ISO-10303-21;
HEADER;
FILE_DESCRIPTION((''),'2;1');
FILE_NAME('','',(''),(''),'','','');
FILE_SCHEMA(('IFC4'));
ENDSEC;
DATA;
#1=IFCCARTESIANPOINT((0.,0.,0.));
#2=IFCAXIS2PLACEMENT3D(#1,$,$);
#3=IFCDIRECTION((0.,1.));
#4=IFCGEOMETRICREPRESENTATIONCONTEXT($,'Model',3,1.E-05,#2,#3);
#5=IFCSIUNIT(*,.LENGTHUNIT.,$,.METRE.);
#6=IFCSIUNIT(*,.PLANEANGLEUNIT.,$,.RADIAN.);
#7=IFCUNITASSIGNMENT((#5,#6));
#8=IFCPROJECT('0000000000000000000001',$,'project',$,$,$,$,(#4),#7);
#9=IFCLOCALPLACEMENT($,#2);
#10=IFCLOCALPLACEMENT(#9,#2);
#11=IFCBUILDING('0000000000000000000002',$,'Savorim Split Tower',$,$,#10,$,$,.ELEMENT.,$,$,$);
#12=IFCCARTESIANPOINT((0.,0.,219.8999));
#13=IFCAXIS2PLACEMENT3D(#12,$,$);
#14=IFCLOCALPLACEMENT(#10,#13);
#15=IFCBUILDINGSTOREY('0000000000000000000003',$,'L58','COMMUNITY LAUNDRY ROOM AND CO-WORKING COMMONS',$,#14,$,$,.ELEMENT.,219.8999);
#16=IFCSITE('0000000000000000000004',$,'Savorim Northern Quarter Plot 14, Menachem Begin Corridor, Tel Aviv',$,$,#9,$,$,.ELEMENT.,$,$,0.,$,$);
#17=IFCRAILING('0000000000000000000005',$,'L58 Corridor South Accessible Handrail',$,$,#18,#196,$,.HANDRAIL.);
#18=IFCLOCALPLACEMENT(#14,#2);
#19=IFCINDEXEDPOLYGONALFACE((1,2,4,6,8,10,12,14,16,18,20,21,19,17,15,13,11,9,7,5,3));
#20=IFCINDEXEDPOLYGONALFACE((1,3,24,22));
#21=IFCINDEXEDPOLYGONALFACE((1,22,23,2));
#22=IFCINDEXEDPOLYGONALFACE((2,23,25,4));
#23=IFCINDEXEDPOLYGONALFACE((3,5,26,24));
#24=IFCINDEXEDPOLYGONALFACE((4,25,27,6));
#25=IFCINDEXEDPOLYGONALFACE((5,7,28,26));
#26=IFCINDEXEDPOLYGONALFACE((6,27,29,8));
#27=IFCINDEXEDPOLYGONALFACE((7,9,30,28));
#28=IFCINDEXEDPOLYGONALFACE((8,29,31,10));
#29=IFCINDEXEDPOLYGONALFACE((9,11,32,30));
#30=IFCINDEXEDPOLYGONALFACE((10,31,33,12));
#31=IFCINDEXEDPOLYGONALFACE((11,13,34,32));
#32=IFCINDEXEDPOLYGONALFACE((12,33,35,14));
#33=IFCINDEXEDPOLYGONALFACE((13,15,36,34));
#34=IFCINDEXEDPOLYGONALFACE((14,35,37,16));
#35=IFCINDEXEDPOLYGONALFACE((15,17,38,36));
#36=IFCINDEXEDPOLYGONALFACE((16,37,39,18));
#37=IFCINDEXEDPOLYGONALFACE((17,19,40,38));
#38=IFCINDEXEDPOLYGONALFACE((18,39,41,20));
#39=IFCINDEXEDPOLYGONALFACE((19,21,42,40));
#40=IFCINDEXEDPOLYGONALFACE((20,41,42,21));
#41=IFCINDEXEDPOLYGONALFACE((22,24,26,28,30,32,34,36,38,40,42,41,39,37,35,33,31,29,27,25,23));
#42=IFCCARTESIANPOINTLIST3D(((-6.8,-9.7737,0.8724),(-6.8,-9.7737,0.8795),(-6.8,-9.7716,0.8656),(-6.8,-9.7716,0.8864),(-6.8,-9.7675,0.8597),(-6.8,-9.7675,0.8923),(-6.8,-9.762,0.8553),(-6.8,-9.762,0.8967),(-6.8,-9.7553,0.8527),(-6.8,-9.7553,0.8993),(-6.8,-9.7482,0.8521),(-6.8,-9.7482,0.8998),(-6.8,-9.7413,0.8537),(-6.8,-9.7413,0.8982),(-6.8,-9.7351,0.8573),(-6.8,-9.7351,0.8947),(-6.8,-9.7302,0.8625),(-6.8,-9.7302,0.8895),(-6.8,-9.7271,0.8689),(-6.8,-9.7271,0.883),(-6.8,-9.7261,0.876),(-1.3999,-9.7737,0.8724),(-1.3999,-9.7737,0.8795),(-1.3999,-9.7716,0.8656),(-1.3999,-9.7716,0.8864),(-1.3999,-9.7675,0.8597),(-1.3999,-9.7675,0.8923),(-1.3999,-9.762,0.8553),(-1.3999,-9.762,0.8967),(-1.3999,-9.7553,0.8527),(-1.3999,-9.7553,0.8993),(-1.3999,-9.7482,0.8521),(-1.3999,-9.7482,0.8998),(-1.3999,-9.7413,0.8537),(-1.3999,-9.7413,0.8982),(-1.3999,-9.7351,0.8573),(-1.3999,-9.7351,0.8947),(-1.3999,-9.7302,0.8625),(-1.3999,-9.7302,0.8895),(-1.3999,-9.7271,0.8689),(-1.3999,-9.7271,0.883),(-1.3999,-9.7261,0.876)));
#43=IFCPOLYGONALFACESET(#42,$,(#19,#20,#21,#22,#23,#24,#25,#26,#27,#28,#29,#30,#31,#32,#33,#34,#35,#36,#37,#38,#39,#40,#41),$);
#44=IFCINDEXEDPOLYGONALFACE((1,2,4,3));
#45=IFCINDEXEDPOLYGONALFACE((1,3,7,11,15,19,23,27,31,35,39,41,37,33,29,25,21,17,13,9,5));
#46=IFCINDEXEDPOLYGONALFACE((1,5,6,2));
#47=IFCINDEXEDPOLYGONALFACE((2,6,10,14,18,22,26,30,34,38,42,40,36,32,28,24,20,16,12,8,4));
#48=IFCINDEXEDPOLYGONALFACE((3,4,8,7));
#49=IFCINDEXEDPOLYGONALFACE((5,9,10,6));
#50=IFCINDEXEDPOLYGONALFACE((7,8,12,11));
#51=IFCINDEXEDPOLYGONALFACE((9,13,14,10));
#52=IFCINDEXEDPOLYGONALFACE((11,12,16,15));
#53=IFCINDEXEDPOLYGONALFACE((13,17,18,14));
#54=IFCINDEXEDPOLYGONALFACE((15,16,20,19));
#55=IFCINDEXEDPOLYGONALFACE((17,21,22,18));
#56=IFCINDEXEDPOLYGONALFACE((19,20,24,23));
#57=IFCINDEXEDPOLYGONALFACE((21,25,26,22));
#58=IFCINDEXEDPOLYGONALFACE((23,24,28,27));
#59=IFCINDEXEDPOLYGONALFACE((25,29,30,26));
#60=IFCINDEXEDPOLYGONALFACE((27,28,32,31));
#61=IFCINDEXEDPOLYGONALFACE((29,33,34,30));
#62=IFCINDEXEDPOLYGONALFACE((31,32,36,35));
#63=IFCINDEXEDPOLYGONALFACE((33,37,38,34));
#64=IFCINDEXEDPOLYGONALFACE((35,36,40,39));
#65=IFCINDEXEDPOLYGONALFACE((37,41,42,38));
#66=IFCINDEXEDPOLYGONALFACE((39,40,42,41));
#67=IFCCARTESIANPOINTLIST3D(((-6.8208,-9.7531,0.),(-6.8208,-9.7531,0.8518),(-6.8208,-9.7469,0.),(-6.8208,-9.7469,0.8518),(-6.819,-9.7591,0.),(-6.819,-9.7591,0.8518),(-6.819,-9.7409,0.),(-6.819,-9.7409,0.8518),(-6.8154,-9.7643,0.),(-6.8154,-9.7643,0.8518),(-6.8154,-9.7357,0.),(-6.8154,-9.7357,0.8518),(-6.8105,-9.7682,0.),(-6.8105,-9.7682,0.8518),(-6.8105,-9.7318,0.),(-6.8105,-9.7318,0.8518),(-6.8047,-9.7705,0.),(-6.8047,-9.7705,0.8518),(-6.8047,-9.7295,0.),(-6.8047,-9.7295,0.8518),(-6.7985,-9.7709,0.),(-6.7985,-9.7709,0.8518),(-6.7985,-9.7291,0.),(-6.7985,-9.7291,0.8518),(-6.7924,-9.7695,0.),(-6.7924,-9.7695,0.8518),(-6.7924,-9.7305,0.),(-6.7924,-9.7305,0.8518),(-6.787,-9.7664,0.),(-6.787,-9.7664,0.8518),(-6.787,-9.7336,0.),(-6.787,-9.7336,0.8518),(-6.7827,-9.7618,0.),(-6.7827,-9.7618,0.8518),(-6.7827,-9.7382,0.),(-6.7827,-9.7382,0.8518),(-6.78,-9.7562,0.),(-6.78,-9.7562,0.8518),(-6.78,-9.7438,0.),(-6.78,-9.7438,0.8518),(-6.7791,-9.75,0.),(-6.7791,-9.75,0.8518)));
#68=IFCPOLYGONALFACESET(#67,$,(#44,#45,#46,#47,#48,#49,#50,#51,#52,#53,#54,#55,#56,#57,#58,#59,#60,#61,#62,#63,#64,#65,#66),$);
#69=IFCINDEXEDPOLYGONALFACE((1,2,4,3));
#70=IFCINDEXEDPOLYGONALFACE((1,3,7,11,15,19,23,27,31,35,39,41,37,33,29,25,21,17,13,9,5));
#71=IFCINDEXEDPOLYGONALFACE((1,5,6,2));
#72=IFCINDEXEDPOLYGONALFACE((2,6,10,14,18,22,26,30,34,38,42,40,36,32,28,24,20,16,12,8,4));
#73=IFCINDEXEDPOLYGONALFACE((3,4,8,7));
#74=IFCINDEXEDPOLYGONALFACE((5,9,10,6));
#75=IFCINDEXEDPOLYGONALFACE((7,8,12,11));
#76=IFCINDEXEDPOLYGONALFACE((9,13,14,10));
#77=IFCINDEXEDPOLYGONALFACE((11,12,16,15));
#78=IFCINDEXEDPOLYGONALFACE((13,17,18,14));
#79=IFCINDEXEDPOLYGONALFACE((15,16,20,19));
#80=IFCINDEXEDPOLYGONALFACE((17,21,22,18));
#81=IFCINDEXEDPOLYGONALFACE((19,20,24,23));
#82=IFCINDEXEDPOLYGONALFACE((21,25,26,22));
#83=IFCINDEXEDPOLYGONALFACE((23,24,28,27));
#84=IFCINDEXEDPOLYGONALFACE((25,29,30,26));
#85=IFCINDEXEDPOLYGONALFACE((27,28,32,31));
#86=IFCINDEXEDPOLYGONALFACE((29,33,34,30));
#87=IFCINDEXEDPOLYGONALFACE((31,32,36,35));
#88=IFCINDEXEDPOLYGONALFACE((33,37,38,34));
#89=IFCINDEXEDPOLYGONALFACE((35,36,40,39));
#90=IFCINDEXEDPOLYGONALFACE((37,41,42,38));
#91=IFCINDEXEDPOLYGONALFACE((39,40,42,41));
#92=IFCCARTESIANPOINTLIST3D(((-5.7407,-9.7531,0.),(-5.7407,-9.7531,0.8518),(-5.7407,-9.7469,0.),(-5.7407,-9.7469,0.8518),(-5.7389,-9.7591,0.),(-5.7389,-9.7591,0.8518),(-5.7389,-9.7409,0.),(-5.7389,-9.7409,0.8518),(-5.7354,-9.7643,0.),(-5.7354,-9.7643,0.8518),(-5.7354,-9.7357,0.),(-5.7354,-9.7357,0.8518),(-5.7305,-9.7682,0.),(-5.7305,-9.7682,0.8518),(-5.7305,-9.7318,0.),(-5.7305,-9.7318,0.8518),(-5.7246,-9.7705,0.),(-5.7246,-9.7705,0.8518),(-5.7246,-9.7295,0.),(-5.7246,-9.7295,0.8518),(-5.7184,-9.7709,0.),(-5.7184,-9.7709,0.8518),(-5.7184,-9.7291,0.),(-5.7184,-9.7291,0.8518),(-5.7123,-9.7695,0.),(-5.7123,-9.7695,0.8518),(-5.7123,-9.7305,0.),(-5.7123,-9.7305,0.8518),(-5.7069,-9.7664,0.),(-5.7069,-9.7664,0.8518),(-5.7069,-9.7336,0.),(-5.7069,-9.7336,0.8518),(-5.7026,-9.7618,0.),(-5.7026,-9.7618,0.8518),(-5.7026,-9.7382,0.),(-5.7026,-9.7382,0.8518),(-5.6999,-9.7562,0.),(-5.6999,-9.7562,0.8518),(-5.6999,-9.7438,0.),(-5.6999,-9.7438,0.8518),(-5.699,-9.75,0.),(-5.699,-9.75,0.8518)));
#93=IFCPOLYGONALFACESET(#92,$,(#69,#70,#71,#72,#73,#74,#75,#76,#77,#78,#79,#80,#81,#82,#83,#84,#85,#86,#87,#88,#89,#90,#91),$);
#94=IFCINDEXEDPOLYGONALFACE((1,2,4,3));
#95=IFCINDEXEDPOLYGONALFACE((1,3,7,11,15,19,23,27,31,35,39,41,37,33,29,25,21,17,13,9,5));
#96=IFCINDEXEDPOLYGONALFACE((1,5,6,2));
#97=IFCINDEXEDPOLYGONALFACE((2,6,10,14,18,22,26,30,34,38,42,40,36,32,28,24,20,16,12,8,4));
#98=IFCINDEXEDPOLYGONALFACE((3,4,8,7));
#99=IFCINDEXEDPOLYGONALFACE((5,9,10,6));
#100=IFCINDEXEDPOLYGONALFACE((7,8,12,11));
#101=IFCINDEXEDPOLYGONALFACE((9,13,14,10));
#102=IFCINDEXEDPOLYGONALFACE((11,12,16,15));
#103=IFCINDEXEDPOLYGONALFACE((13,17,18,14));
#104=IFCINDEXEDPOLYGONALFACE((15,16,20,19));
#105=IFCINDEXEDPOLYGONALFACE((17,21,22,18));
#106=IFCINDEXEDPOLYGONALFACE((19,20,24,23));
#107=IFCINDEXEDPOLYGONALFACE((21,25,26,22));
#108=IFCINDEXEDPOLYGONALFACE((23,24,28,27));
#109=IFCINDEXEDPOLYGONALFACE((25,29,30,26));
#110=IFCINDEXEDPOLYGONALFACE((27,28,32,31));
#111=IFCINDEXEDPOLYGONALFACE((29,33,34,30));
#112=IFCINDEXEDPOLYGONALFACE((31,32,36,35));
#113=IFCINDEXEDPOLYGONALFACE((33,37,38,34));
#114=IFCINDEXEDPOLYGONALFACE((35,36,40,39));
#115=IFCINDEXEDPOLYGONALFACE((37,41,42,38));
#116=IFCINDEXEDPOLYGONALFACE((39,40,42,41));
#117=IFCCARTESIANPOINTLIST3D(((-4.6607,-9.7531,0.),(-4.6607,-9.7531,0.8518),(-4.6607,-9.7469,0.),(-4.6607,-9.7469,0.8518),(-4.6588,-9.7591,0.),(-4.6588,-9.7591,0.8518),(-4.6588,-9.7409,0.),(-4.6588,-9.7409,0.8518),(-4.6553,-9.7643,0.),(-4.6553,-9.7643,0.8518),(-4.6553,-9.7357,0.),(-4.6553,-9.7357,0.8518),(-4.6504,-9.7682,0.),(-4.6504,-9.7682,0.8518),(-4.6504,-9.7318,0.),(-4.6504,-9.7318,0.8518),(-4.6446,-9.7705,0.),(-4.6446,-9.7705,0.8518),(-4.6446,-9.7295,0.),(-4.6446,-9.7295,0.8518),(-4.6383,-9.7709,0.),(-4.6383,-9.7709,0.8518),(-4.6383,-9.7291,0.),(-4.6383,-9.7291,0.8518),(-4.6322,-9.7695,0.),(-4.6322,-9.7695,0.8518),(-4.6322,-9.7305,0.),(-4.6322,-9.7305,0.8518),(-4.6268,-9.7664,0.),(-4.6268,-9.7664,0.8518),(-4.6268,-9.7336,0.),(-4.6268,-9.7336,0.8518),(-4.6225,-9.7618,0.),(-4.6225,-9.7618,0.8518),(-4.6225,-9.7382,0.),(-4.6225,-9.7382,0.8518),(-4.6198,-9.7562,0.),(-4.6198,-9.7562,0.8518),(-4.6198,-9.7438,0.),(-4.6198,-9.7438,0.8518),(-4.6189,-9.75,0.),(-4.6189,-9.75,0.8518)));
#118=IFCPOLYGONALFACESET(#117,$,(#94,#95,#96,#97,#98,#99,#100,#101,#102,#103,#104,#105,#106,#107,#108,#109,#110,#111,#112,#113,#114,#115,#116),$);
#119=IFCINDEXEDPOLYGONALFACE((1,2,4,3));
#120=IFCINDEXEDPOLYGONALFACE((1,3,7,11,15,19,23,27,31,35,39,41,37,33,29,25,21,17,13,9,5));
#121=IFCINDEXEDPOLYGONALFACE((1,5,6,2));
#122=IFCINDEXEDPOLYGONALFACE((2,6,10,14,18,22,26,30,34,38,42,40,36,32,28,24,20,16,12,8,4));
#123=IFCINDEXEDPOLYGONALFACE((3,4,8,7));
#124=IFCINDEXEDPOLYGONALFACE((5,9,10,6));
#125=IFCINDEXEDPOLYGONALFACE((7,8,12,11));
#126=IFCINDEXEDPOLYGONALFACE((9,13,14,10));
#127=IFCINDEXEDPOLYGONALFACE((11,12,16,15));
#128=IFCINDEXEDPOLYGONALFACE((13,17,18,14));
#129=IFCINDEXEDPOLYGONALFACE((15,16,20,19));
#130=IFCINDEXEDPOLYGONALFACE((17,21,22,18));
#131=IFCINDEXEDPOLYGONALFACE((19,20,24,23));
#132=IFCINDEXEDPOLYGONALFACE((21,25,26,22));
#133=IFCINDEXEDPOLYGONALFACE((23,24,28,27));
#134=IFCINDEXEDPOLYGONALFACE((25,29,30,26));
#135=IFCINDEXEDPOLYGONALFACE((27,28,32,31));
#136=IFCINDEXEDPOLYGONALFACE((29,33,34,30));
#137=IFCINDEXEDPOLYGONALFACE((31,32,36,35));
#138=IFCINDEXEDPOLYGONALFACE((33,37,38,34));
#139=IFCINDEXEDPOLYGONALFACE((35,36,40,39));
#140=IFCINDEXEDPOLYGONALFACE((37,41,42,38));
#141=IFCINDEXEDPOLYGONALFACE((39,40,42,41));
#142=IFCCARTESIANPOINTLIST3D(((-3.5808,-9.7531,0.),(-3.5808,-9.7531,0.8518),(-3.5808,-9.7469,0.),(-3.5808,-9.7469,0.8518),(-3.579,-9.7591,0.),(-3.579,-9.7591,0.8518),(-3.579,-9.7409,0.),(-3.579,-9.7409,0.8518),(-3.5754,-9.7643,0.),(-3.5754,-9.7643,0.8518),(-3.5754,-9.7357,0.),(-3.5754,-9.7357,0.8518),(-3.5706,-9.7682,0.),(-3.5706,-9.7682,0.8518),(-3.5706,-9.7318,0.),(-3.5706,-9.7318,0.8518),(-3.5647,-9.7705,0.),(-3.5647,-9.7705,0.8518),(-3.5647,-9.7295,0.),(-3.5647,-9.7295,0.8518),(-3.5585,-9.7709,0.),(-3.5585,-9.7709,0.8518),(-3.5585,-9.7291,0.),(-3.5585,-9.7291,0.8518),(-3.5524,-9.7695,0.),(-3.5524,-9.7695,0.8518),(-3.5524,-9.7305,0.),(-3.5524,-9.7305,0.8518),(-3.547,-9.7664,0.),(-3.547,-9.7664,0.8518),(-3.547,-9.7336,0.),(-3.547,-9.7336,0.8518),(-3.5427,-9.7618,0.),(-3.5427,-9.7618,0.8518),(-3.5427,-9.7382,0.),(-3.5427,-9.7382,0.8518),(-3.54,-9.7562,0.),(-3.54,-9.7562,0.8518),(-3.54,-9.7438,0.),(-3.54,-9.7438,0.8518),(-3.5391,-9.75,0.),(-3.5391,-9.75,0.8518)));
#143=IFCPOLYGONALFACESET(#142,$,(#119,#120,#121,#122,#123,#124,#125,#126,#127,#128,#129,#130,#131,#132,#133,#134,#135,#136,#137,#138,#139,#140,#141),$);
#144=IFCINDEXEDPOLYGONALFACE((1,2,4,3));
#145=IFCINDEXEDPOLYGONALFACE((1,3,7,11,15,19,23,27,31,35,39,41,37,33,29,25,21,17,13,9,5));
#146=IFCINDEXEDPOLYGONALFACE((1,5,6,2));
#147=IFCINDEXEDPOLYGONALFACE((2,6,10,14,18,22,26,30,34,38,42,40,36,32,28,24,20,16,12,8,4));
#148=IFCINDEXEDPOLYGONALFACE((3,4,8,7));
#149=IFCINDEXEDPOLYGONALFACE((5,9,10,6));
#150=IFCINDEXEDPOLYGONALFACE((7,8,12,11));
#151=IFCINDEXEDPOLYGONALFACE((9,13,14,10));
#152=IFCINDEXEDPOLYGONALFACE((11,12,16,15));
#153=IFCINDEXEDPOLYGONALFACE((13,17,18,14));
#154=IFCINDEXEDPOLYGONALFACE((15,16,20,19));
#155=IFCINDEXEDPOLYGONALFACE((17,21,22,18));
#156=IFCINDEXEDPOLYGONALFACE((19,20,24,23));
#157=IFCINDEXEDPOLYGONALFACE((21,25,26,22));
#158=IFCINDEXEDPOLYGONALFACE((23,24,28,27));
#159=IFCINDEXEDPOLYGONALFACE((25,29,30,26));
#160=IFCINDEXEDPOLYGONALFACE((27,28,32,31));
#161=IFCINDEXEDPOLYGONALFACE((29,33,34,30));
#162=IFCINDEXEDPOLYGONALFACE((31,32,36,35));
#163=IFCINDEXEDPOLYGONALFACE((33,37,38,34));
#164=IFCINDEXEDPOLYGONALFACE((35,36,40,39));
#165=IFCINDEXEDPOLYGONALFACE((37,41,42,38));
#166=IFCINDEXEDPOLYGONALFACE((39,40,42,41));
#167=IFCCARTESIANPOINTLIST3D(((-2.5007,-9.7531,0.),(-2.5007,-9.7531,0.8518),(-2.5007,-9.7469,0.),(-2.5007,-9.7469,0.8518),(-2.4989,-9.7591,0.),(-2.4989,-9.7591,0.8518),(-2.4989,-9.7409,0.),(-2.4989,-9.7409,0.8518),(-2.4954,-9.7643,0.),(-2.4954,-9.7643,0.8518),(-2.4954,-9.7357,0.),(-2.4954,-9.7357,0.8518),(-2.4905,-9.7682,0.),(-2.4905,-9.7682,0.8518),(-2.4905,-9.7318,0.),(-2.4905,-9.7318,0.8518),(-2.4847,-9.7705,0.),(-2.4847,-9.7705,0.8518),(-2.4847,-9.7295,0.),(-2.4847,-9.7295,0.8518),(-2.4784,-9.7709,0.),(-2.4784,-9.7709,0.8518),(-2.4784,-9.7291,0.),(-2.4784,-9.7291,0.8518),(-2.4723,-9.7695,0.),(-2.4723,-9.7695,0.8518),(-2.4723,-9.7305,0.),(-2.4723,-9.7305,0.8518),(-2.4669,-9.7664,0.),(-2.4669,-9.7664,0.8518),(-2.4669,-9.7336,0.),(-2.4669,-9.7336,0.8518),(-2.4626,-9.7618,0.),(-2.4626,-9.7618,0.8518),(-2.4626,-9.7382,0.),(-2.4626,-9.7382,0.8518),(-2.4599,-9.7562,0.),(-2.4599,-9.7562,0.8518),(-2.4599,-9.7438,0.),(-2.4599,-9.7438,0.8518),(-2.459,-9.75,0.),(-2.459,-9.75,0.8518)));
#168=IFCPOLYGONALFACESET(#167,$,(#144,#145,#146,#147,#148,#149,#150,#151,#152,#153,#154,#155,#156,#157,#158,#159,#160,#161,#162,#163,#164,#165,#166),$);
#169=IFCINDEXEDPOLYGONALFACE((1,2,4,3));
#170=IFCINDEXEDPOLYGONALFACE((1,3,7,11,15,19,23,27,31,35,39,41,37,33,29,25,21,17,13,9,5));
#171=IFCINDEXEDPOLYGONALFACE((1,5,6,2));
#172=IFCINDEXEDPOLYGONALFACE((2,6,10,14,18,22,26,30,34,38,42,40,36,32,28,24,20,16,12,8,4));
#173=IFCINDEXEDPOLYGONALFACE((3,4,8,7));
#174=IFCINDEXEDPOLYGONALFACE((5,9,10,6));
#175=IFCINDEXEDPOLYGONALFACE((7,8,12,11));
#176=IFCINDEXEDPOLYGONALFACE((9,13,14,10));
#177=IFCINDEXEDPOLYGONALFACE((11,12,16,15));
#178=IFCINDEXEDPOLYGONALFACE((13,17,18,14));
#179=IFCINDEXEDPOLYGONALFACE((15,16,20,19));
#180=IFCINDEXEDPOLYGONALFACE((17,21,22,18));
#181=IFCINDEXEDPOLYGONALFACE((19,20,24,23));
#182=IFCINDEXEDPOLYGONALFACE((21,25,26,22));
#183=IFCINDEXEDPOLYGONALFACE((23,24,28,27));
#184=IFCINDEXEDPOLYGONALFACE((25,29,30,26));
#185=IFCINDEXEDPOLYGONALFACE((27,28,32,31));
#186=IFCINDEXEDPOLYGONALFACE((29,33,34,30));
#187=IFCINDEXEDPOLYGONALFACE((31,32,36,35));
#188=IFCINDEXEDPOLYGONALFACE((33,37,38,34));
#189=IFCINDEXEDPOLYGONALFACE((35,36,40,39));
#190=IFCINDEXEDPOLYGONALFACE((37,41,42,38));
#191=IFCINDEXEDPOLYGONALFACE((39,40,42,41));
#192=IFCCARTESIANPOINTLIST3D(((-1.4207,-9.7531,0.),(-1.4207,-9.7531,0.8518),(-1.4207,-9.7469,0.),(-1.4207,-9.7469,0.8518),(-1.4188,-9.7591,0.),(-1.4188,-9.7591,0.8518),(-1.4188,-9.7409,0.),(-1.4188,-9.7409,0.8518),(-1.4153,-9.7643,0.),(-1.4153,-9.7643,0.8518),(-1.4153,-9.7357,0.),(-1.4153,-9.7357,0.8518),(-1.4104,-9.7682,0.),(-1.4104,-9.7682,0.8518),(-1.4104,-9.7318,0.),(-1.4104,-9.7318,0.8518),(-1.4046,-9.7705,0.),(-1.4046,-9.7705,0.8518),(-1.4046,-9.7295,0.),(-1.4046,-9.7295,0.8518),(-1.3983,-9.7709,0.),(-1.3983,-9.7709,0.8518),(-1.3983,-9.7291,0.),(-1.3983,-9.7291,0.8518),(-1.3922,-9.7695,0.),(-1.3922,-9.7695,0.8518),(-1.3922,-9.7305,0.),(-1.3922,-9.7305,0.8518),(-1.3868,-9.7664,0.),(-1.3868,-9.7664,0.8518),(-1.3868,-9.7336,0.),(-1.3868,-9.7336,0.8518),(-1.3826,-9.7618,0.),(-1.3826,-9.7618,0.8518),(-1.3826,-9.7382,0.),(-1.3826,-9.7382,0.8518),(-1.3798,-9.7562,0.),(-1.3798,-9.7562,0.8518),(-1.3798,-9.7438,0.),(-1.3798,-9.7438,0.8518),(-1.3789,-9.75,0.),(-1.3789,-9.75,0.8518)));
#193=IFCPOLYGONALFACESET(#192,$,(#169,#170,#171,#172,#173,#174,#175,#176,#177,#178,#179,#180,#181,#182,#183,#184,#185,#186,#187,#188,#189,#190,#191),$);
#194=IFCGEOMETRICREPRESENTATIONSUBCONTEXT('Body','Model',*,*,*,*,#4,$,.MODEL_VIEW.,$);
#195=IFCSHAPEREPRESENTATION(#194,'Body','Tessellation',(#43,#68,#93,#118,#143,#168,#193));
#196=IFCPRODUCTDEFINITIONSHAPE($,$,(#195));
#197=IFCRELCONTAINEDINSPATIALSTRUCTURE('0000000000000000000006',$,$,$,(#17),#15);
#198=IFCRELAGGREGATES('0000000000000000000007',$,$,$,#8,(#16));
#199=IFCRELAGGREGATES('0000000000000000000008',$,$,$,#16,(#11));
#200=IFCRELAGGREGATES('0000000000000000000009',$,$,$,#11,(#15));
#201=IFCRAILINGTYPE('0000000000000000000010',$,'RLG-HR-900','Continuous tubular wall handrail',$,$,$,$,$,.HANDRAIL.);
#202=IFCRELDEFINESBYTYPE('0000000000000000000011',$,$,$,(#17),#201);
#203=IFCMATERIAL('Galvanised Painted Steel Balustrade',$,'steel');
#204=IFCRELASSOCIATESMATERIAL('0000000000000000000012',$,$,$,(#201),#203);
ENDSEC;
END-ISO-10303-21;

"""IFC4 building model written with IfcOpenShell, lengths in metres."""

from ifc_helpers import new_model, si_unit, direction, frame, origin, origin_2d, place, context, subcontext, project, spatial, circle, extrude, material, type_object, element, save


model = new_model("IFC4")

# Units and contexts
model_context = context("Model", 3, precision=1e-05, world=origin(), true_north=direction((0.0, 1.0)))
body_context = subcontext(model_context, "Body", "Model", "MODEL_VIEW")
ifc_project = project(units=[si_unit("LENGTHUNIT", "METRE"), si_unit("PLANEANGLEUNIT", "RADIAN")], contexts=[model_context])

# Site, building, storey
site_placement = place(None, origin())
site = spatial("IfcSite", under=ifc_project, at=site_placement, Name="Savorim Northern Quarter Plot 14, Menachem Begin Corridor, Tel Aviv", CompositionType="ELEMENT", RefElevation=0.0)
building_placement = place(site_placement, origin())
building = spatial("IfcBuilding", under=site, at=building_placement, Name="Savorim Split Tower", CompositionType="ELEMENT")
storey_placement = place(building_placement, frame((0.0, 0.0, 219.8999)))
storey = spatial("IfcBuildingStorey", under=building, at=storey_placement, Name="L58", Description="COMMUNITY LAUNDRY ROOM AND CO-WORKING COMMONS", CompositionType="ELEMENT", Elevation=219.8999)

# Railing
ifc_material_1 = material(Name="Galvanised Painted Steel Balustrade", Category="steel")
railing_type_1 = type_object("IfcRailingType", Name="RLG-HR-900", Description="Continuous tubular wall handrail", PredefinedType="HANDRAIL", material=ifc_material_1)
railing_1_placement = place(storey_placement, frame((-6.8, -9.75, 0.0)))
element("IfcRailing", 1, at=railing_1_placement, inside=storey, type_object=railing_type_1, Name="L58 Corridor South Accessible Handrail", PredefinedType="HANDRAIL", context=body_context, shape_type="SweptSolid", body=[
    extrude(circle(Radius=0.0239, at=origin_2d()), frame((0.0, 0.0, 0.876), z_axis=(1.0, 0.0, 0.0), x_axis=(0.0, 1.0, 0.0)), (0.0, 0.0, 1.0), 5.4001),
    extrude(circle(Radius=0.021, at=origin_2d()), origin(), (0.0, 0.0, 1.0), 0.8518),
    extrude(circle(Radius=0.021, at=origin_2d()), frame((1.0801, 0.0, 0.0)), (0.0, 0.0, 1.0), 0.8518),
    extrude(circle(Radius=0.021, at=origin_2d()), frame((2.1602, 0.0, 0.0)), (0.0, 0.0, 1.0), 0.8518),
    extrude(circle(Radius=0.021, at=origin_2d()), frame((3.24, 0.0, 0.0)), (0.0, 0.0, 1.0), 0.8518),
    extrude(circle(Radius=0.021, at=origin_2d()), frame((4.3201, 0.0, 0.0)), (0.0, 0.0, 1.0), 0.8518),
    extrude(circle(Radius=0.021, at=origin_2d()), frame((5.4001, 0.0, 0.0)), (0.0, 0.0, 1.0), 0.8518),
])

save(model, "model.ifc")
